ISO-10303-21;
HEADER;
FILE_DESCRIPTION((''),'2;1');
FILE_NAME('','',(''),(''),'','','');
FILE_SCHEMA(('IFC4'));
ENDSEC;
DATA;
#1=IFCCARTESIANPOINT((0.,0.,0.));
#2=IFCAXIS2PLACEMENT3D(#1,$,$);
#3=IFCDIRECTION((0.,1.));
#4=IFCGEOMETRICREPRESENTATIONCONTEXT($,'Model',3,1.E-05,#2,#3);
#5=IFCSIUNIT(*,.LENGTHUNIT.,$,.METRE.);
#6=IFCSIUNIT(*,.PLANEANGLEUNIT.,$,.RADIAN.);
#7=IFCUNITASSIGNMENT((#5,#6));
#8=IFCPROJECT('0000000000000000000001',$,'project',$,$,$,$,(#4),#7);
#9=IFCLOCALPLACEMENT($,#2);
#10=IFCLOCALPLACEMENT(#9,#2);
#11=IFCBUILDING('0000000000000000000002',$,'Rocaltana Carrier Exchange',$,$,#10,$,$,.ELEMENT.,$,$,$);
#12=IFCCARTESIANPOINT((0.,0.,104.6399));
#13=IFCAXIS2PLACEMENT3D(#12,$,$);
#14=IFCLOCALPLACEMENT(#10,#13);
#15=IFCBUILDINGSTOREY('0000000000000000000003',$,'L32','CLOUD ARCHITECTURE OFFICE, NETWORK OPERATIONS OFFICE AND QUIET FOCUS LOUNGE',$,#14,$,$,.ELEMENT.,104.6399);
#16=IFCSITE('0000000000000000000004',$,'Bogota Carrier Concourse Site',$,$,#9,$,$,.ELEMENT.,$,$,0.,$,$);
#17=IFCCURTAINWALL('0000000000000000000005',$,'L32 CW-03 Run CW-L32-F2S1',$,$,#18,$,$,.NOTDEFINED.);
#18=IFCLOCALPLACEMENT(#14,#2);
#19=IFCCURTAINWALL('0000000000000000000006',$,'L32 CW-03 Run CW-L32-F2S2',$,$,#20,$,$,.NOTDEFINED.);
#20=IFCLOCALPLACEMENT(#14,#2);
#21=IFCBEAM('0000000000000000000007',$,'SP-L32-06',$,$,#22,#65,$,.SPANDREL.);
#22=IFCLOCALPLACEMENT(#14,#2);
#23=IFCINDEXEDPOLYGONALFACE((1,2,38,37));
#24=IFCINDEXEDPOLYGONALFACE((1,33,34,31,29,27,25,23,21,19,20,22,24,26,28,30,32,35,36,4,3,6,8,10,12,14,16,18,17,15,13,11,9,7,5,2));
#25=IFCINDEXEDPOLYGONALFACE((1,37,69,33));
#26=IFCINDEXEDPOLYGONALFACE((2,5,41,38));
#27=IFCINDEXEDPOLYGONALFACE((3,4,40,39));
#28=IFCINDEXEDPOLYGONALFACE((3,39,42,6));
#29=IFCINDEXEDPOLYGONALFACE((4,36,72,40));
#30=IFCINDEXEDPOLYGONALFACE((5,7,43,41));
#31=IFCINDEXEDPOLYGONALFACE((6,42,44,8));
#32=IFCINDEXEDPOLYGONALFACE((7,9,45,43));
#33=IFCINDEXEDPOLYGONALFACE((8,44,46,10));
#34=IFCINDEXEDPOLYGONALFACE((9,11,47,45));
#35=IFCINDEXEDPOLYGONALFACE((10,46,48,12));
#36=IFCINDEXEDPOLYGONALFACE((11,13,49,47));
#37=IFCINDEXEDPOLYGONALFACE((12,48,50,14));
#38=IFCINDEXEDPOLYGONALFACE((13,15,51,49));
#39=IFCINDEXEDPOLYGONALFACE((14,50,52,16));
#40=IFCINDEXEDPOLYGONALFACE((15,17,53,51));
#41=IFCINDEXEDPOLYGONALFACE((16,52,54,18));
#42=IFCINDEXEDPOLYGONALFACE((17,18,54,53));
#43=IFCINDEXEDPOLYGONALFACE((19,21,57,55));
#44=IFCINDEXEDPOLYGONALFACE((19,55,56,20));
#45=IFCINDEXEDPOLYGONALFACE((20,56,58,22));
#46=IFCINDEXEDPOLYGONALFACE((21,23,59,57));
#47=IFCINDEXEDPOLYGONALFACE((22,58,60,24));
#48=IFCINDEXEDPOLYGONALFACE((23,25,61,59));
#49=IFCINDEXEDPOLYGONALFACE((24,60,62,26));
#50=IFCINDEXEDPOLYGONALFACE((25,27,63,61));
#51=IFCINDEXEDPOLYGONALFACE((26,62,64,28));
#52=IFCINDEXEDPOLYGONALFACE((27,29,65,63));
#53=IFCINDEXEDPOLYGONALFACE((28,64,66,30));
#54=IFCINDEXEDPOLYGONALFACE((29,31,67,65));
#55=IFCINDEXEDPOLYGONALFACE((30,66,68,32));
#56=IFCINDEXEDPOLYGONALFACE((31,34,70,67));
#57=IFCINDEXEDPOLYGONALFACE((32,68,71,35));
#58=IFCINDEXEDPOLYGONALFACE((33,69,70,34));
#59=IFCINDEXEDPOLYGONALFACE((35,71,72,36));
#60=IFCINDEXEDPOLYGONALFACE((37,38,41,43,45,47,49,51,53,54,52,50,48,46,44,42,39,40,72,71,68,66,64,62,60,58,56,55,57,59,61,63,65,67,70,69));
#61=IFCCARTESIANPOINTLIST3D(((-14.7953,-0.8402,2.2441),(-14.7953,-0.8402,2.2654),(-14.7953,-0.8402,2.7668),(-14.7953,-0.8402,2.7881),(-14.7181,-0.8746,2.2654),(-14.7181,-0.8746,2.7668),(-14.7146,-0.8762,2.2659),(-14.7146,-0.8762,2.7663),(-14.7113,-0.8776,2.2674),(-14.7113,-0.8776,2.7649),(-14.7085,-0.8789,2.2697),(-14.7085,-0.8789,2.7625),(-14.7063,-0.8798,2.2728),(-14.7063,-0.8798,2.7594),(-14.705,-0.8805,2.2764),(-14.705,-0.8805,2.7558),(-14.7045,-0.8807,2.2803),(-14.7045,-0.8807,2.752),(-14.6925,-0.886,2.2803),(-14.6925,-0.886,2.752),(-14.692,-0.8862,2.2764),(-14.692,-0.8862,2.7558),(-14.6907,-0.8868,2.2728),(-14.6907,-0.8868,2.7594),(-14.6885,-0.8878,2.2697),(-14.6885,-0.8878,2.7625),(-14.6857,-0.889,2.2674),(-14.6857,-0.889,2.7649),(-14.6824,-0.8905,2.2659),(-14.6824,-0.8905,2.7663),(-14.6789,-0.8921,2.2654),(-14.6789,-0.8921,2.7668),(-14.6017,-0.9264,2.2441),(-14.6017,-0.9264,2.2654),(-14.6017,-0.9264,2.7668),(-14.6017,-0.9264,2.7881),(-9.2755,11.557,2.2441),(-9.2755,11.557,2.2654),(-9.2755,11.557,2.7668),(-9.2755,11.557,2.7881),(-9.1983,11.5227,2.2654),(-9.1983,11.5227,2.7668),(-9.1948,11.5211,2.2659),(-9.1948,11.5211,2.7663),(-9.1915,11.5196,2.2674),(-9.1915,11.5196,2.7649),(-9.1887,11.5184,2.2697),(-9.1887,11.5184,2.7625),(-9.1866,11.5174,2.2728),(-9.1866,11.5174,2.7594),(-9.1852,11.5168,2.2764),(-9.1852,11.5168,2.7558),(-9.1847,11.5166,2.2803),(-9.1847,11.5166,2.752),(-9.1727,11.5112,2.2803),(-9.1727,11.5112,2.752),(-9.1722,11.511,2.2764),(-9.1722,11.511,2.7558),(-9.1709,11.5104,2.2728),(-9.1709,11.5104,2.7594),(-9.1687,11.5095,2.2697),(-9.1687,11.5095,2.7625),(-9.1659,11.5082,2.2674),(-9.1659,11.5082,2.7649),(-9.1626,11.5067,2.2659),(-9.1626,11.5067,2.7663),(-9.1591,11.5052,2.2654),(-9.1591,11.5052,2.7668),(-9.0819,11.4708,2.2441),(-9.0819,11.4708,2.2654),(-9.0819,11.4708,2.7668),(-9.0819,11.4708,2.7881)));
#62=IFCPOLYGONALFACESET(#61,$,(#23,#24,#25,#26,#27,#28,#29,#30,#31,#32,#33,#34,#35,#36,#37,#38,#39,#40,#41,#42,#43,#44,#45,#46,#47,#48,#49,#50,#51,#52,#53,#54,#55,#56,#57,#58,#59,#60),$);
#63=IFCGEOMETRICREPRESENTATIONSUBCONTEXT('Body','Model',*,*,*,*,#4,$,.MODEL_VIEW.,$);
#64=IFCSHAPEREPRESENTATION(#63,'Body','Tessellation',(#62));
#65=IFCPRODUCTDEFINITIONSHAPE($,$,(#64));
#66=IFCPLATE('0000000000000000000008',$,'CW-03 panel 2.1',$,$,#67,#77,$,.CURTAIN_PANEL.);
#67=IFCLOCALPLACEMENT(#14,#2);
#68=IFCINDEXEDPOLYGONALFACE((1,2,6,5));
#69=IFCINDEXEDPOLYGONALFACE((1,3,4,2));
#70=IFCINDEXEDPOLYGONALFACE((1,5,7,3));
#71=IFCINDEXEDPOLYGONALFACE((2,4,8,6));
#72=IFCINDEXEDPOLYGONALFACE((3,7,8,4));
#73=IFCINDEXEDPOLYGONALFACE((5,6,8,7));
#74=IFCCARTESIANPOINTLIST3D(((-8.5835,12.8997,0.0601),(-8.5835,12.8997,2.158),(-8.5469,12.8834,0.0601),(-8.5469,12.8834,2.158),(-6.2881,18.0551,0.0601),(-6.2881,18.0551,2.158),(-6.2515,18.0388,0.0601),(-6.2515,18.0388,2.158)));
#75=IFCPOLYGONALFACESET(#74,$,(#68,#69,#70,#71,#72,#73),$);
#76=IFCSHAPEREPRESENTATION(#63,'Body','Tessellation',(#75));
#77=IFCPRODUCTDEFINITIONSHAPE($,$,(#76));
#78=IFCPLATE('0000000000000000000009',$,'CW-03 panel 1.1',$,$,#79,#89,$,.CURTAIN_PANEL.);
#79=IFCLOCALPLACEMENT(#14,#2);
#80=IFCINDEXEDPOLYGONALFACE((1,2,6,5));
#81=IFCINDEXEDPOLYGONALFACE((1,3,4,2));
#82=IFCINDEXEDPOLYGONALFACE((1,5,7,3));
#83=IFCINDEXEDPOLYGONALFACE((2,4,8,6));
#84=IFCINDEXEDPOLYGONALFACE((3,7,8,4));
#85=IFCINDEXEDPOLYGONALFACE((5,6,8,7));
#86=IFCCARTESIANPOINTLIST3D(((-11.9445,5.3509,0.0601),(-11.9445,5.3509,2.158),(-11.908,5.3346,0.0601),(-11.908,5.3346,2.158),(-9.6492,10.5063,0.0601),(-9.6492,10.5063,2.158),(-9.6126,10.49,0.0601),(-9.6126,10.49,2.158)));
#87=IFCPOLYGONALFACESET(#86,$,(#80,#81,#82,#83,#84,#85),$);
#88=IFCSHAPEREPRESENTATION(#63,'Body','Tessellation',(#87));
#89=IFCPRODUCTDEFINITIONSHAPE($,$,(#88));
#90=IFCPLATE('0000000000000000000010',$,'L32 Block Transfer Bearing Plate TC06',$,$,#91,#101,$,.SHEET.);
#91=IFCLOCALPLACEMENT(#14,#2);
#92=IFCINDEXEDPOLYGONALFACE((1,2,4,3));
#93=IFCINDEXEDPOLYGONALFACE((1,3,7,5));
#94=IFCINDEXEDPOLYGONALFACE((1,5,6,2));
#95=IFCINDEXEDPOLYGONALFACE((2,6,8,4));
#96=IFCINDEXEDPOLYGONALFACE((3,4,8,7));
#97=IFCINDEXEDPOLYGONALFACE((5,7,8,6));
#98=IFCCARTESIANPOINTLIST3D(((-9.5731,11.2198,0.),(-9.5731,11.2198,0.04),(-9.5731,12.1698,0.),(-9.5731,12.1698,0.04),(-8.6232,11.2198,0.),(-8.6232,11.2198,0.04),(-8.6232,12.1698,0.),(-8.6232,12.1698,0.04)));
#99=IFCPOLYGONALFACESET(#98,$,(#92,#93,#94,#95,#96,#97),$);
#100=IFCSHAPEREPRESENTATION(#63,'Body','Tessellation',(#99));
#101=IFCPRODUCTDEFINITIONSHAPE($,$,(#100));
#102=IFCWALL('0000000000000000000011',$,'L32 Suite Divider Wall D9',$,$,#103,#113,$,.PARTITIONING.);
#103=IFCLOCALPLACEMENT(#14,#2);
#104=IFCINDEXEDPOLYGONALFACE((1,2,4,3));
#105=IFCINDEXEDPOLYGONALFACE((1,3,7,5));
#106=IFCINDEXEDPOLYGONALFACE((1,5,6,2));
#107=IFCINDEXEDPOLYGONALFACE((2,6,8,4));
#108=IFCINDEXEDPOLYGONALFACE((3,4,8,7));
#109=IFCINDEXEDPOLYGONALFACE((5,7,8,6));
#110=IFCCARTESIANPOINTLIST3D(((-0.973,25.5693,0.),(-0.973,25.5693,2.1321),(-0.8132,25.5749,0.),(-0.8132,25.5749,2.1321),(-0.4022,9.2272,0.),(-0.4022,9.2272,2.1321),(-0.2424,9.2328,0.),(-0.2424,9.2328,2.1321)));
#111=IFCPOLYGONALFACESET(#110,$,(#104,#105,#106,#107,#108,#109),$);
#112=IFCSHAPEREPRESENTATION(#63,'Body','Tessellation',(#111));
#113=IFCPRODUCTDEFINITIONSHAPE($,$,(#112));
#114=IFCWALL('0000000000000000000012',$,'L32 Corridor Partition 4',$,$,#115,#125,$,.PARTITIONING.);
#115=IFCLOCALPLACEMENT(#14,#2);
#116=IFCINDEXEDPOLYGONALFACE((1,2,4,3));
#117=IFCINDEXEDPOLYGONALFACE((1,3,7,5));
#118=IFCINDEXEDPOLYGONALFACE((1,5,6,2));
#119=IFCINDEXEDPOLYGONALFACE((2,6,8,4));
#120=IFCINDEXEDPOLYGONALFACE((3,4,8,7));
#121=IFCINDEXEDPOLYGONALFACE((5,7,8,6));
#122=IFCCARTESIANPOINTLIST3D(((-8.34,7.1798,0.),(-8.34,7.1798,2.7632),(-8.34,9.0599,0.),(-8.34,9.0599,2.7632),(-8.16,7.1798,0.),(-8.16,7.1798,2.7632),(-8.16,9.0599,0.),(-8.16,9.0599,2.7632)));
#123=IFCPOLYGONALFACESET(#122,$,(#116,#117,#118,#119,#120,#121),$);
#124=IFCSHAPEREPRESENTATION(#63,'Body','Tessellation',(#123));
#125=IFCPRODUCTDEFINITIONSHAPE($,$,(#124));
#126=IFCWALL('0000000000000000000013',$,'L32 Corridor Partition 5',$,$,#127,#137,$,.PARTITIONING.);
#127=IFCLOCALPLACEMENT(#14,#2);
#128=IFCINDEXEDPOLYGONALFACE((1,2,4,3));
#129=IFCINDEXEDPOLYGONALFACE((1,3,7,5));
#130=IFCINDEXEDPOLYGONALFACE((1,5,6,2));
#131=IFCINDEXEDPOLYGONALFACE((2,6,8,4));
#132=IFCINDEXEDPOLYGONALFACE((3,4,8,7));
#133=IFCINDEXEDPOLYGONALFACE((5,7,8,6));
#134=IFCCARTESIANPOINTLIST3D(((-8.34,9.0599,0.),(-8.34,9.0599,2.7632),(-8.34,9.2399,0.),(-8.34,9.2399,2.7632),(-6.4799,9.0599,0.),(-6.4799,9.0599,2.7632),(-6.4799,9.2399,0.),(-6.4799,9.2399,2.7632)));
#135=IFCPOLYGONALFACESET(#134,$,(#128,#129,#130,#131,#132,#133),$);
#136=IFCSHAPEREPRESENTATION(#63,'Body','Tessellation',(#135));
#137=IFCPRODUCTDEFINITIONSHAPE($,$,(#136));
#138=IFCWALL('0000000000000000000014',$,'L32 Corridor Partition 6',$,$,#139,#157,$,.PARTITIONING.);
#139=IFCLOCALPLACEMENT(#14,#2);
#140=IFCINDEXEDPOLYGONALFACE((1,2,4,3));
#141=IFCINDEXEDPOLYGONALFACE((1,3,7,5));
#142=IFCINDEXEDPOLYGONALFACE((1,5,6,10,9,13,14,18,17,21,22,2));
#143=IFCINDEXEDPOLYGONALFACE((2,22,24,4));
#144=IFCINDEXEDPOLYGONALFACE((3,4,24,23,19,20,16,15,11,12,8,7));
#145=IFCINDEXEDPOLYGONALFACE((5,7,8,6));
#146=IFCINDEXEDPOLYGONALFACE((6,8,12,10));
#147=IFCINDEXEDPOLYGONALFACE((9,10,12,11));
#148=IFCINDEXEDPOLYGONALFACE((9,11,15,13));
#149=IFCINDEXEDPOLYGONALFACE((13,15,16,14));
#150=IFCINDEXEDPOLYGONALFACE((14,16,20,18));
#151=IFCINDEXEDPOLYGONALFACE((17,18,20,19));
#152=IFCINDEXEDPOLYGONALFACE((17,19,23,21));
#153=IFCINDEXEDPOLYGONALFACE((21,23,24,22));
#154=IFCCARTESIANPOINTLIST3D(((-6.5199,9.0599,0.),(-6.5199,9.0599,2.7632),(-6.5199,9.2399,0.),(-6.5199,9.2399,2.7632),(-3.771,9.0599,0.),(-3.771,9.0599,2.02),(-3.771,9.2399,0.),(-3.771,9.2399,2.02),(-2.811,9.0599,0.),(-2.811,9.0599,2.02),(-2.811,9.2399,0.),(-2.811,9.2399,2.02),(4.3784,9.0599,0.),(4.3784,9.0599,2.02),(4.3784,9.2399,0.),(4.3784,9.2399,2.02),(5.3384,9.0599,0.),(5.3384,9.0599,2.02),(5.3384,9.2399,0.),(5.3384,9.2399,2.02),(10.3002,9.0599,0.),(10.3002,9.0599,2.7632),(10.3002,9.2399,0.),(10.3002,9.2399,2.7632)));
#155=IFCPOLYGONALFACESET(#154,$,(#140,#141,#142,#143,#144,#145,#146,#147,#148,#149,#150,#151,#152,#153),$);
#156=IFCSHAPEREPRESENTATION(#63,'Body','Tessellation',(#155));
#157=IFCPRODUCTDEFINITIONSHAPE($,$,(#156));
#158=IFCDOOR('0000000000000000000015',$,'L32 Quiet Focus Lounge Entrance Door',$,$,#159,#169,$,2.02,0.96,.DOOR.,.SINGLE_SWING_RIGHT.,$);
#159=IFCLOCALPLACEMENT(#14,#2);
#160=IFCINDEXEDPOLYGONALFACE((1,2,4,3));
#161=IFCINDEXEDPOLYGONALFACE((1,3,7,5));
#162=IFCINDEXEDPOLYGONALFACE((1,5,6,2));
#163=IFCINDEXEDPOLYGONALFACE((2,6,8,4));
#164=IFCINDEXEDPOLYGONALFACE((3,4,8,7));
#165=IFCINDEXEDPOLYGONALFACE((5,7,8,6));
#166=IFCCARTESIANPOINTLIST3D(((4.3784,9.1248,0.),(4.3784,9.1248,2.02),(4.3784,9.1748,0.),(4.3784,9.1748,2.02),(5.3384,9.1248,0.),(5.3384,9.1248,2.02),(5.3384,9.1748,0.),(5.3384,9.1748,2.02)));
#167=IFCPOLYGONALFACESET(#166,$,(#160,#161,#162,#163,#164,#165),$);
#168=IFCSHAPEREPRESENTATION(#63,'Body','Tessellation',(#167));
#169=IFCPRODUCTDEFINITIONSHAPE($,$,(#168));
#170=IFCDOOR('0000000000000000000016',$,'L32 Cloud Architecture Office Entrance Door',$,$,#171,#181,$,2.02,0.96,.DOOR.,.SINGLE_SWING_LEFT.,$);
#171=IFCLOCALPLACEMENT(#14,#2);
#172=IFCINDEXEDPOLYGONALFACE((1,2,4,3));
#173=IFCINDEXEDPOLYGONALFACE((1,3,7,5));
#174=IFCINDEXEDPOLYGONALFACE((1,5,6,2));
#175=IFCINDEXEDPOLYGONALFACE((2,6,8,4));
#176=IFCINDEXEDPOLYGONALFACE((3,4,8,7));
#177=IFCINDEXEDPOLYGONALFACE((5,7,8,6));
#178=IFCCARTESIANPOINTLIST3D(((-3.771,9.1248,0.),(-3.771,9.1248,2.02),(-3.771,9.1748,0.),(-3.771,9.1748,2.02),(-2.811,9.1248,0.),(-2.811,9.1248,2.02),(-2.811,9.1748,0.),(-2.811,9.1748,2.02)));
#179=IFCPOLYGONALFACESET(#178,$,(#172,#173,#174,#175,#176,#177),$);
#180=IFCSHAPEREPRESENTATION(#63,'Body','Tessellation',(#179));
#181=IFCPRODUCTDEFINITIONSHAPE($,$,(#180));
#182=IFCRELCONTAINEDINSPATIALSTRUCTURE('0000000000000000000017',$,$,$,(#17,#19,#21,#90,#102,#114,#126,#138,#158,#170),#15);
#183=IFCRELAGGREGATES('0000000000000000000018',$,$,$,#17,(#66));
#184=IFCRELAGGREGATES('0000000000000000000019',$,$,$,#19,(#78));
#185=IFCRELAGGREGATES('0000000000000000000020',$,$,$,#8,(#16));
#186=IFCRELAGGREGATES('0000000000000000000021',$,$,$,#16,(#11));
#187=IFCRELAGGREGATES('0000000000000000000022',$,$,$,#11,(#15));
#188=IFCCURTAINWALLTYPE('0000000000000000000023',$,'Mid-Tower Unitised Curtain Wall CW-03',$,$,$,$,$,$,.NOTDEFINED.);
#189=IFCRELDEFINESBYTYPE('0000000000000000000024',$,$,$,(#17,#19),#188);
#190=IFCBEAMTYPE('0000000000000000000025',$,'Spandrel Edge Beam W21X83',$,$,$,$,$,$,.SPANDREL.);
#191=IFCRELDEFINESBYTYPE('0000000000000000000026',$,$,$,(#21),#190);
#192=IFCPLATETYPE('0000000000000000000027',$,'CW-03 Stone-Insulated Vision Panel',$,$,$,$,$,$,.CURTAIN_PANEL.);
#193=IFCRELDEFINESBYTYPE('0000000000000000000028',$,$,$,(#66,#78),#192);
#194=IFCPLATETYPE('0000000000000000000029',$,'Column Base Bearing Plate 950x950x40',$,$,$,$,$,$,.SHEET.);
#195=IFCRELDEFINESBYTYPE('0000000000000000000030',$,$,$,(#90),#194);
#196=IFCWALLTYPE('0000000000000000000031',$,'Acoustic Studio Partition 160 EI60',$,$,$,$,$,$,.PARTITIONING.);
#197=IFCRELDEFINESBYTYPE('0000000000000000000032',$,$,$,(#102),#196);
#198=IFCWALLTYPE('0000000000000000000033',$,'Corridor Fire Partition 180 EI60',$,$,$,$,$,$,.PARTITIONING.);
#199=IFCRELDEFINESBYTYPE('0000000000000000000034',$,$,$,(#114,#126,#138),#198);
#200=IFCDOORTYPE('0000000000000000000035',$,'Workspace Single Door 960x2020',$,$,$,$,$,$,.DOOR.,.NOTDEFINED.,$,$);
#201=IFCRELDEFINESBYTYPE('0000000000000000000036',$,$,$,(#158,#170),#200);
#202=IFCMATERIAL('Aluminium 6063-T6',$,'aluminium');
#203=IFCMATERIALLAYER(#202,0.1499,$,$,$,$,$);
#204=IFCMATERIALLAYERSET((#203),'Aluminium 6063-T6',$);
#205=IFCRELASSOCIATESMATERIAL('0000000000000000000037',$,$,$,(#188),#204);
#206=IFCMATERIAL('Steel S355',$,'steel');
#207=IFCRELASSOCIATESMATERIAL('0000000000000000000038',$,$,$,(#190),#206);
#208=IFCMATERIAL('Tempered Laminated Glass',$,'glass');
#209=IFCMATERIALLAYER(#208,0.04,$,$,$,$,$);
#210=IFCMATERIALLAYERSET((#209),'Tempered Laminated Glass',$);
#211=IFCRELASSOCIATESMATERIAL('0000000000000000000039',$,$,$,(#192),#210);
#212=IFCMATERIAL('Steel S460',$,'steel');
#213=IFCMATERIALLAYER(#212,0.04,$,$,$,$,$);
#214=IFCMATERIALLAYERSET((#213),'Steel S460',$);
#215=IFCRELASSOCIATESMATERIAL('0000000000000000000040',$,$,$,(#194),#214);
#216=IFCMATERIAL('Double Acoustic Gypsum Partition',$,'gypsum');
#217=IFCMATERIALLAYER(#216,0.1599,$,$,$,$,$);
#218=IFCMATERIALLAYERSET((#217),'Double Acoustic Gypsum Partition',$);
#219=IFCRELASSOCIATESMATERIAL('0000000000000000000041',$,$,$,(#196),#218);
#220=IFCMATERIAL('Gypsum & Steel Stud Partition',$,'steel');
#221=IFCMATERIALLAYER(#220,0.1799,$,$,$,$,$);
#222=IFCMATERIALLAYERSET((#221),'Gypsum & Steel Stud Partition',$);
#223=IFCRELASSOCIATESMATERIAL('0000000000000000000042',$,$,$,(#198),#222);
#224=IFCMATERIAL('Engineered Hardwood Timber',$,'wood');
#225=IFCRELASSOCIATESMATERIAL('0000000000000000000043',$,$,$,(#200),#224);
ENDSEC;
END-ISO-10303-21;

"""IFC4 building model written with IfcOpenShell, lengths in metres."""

from ifc_helpers import new_model, si_unit, direction, frame, frame_2d, origin, origin_2d, place, context, subcontext, project, spatial, rectangle, i_section, extrude, material, layer, layer_set, material_profile, profile_set, type_object, element, fill, aggregate, save


model = new_model("IFC4")

# Units and contexts
model_context = context("Model", 3, precision=1e-05, world=origin(), true_north=direction((0.0, 1.0)))
body_context = subcontext(model_context, "Body", "Model", "MODEL_VIEW")
ifc_project = project(units=[si_unit("LENGTHUNIT", "METRE"), si_unit("PLANEANGLEUNIT", "RADIAN")], contexts=[model_context])

# Site, building, storey
site_placement = place(None, origin())
site = spatial("IfcSite", under=ifc_project, at=site_placement, Name="Bogota Carrier Concourse Site", CompositionType="ELEMENT", RefElevation=0.0)
building_placement = place(site_placement, origin())
building = spatial("IfcBuilding", under=site, at=building_placement, Name="Rocaltana Carrier Exchange", CompositionType="ELEMENT")
storey_placement = place(building_placement, frame((0.0, 0.0, 104.6399)))
storey = spatial("IfcBuildingStorey", under=building, at=storey_placement, Name="L32", Description="CLOUD ARCHITECTURE OFFICE, NETWORK OPERATIONS OFFICE AND QUIET FOCUS LOUNGE", CompositionType="ELEMENT", Elevation=104.6399)

# Curtain wall
ifc_material_1 = material(Name="Aluminium 6063-T6", Category="aluminium")
ifc_layer_1 = layer(ifc_material_1, 0.1499)
ifc_layer_set_1 = layer_set([ifc_layer_1], Name="Aluminium 6063-T6")
curtain_wall_type = type_object("IfcCurtainWallType", Name="Mid-Tower Unitised Curtain Wall CW-03", PredefinedType="NOTDEFINED", material=ifc_layer_set_1)
curtain_wall_1_placement = place(storey_placement, origin())
curtain_wall_1 = element("IfcCurtainWall", 1, at=curtain_wall_1_placement, inside=storey, type_object=curtain_wall_type, Name="L32 CW-03 Run CW-L32-F2S1", PredefinedType="NOTDEFINED")

# Curtain wall
curtain_wall_2_placement = place(storey_placement, origin())
curtain_wall_2 = element("IfcCurtainWall", 2, at=curtain_wall_2_placement, inside=storey, type_object=curtain_wall_type, Name="L32 CW-03 Run CW-L32-F2S2", PredefinedType="NOTDEFINED")

# Beam
ifc_material_2 = material(Name="Steel S355", Category="steel")
ifc_material_profile_1 = material_profile(ifc_material_2, i_section(OverallWidth=0.2119, OverallDepth=0.5439, WebThickness=0.0132, FlangeThickness=0.0212, FilletRadius=0.0149, at=origin_2d()), Name="W21X83")
ifc_profile_set_1 = profile_set([ifc_material_profile_1], Name="Steel S355")
beam_type_1 = type_object("IfcBeamType", Name="Spandrel Edge Beam W21X83", PredefinedType="SPANDREL", material=ifc_profile_set_1)
beam_1_placement = place(storey_placement, frame((-9.1787, 11.5139, 2.5161), z_axis=(-0.406748, -0.913541, 0.0), x_axis=(0.913541, -0.406748, 0.0)))
element("IfcBeam", 3, at=beam_1_placement, inside=storey, type_object=beam_type_1, Name="SP-L32-06", PredefinedType="SPANDREL", context=body_context, shape_type="SweptSolid", body=[
    extrude(i_section(OverallWidth=0.2119, OverallDepth=0.5439, WebThickness=0.0132, FlangeThickness=0.0212, FilletRadius=0.0149, at=origin_2d()), origin(), (0.0, 0.0, 1.0), 13.5706),
])

# Plates
ifc_material_3 = material(Name="Tempered Laminated Glass", Category="glass")
ifc_layer_2 = layer(ifc_material_3, 0.04)
ifc_layer_set_2 = layer_set([ifc_layer_2], Name="Tempered Laminated Glass")
plate_type_1 = type_object("IfcPlateType", Name="CW-03 Stone-Insulated Vision Panel", PredefinedType="CURTAIN_PANEL", material=ifc_layer_set_2)
plate_1_placement = place(storey_placement, frame((-7.4175, 15.4692, 0.0601), z_axis=(0.0, 0.0, 1.0), x_axis=(-0.40674, -0.913544, 0.0)))
plate_1 = element("IfcPlate", 4, at=plate_1_placement, type_object=plate_type_1, Name="CW-03 panel 2.1", PredefinedType="CURTAIN_PANEL", context=body_context, shape_type="SweptSolid", body=[
    extrude(rectangle(XDim=5.6433, YDim=0.04, at=origin_2d()), origin(), (0.0, 0.0, 1.0), 2.0979),
])
aggregate(curtain_wall_1, [plate_1])
plate_2_placement = place(storey_placement, frame((-10.7786, 7.9204, 0.0601), z_axis=(0.0, 0.0, 1.0), x_axis=(-0.406744, -0.913542, 0.0)))
plate_2 = element("IfcPlate", 5, at=plate_2_placement, type_object=plate_type_1, Name="CW-03 panel 1.1", PredefinedType="CURTAIN_PANEL", context=body_context, shape_type="SweptSolid", body=[
    extrude(rectangle(XDim=5.6433, YDim=0.04, at=origin_2d()), origin(), (0.0, 0.0, 1.0), 2.0979),
])
aggregate(curtain_wall_2, [plate_2])
ifc_material_4 = material(Name="Steel S460", Category="steel")
ifc_layer_3 = layer(ifc_material_4, 0.04)
ifc_layer_set_3 = layer_set([ifc_layer_3], Name="Steel S460")
plate_type_2 = type_object("IfcPlateType", Name="Column Base Bearing Plate 950x950x40", PredefinedType="SHEET", material=ifc_layer_set_3)
plate_3_placement = place(storey_placement, frame((-9.0981, 11.6948, 0.0), z_axis=(0.0, 0.0, 1.0), x_axis=(1.0, 0.0, 0.0)))
element("IfcPlate", 6, at=plate_3_placement, inside=storey, type_object=plate_type_2, Name="L32 Block Transfer Bearing Plate TC06", PredefinedType="SHEET", context=body_context, shape_type="SweptSolid", body=[
    extrude(rectangle(XDim=0.95, YDim=0.95, at=origin_2d()), origin(), (0.0, 0.0, 1.0), 0.04),
])

# Walls
ifc_material_5 = material(Name="Double Acoustic Gypsum Partition", Category="gypsum")
ifc_layer_4 = layer(ifc_material_5, 0.1599)
ifc_layer_set_4 = layer_set([ifc_layer_4], Name="Double Acoustic Gypsum Partition")
wall_type_1 = type_object("IfcWallType", Name="Acoustic Studio Partition 160 EI60", PredefinedType="PARTITIONING", material=ifc_layer_set_4)
wall_1_placement = place(storey_placement, frame((-0.3223, 9.23, 0.0), z_axis=(0.0, 0.0, 1.0), x_axis=(-0.034907, 0.999391, 0.0)))
element("IfcWall", 7, at=wall_1_placement, inside=storey, type_object=wall_type_1, Name="L32 Suite Divider Wall D9", PredefinedType="PARTITIONING", context=body_context, shape_type="SweptSolid", body=[
    extrude(rectangle(XDim=16.3521, YDim=0.1599, at=frame_2d((8.176, 0.0))), origin(), (0.0, 0.0, 1.0), 2.1321),
])
ifc_material_6 = material(Name="Gypsum & Steel Stud Partition", Category="steel")
ifc_layer_5 = layer(ifc_material_6, 0.1799)
ifc_layer_set_5 = layer_set([ifc_layer_5], Name="Gypsum & Steel Stud Partition")
wall_type_2 = type_object("IfcWallType", Name="Corridor Fire Partition 180 EI60", PredefinedType="PARTITIONING", material=ifc_layer_set_5)
wall_2_placement = place(storey_placement, frame((-8.25, 7.1799, 0.0), z_axis=(0.0, 0.0, 1.0), x_axis=(0.0, 1.0, 0.0)))
element("IfcWall", 8, at=wall_2_placement, inside=storey, type_object=wall_type_2, Name="L32 Corridor Partition 4", PredefinedType="PARTITIONING", context=body_context, shape_type="SweptSolid", body=[
    extrude(rectangle(XDim=1.8801, YDim=0.1799, at=frame_2d((0.9399, 0.0))), origin(), (0.0, 0.0, 1.0), 2.7632),
])
wall_3_placement = place(storey_placement, frame((-8.3401, 9.1499, 0.0), z_axis=(0.0, 0.0, 1.0), x_axis=(1.0, 0.0, 0.0)))
element("IfcWall", 9, at=wall_3_placement, inside=storey, type_object=wall_type_2, Name="L32 Corridor Partition 5", PredefinedType="PARTITIONING", context=body_context, shape_type="SweptSolid", body=[
    extrude(rectangle(XDim=1.8601, YDim=0.1799, at=frame_2d((0.9302, 0.0))), origin(), (0.0, 0.0, 1.0), 2.7632),
])

# Wall, openings, doors
wall_4_placement = place(storey_placement, frame((-6.52, 9.1499, 0.0), z_axis=(0.0, 0.0, 1.0), x_axis=(1.0, 0.0, 0.0)))
wall_4 = element("IfcWall", 10, at=wall_4_placement, inside=storey, type_object=wall_type_2, Name="L32 Corridor Partition 6", PredefinedType="PARTITIONING", context=body_context, shape_type="SweptSolid", body=[
    extrude(rectangle(XDim=16.8201, YDim=0.1799, at=frame_2d((8.4102, 0.0))), origin(), (0.0, 0.0, 1.0), 2.7632),
])
opening_1_placement = place(wall_4_placement, frame((10.8984, 0.0, 0.0)))
opening_1 = element("IfcOpeningElement", 11, at=opening_1_placement, cuts=wall_4, PredefinedType="OPENING", context=body_context, shape_type="SweptSolid", body=[
    extrude(rectangle(XDim=0.96, YDim=2.02, at=frame_2d((0.48, 1.01))), frame((0.0, 0.0999, 0.0), z_axis=(0.0, -1.0, 0.0), x_axis=(1.0, 0.0, 0.0)), (0.0, 0.0, 1.0), 0.2),
])
opening_2_placement = place(wall_4_placement, frame((2.749, 0.0, 0.0)))
opening_2 = element("IfcOpeningElement", 12, at=opening_2_placement, cuts=wall_4, PredefinedType="OPENING", context=body_context, shape_type="SweptSolid", body=[
    extrude(rectangle(XDim=0.96, YDim=2.02, at=frame_2d((0.48, 1.01))), frame((0.0, 0.0999, 0.0), z_axis=(0.0, -1.0, 0.0), x_axis=(1.0, 0.0, 0.0)), (0.0, 0.0, 1.0), 0.2),
])
ifc_material_7 = material(Name="Engineered Hardwood Timber", Category="wood")
door_type = type_object("IfcDoorType", Name="Workspace Single Door 960x2020", OperationType="NOTDEFINED", PredefinedType="DOOR", material=ifc_material_7)
door_1_placement = place(opening_1_placement, origin())
door_1 = element("IfcDoor", 13, at=door_1_placement, inside=storey, type_object=door_type, Name="L32 Quiet Focus Lounge Entrance Door", OperationType="SINGLE_SWING_RIGHT", OverallHeight=2.02, OverallWidth=0.96, PredefinedType="DOOR", context=body_context, shape_type="SweptSolid", body=[
    extrude(rectangle(XDim=0.96, YDim=2.02, at=frame_2d((0.48, 1.01))), frame((0.0, 0.0249, 0.0), z_axis=(0.0, -1.0, 0.0), x_axis=(1.0, 0.0, 0.0)), (0.0, 0.0, 1.0), 0.05),
])
fill(opening_1, door_1)
door_2_placement = place(opening_2_placement, origin())
door_2 = element("IfcDoor", 14, at=door_2_placement, inside=storey, type_object=door_type, Name="L32 Cloud Architecture Office Entrance Door", OperationType="SINGLE_SWING_LEFT", OverallHeight=2.02, OverallWidth=0.96, PredefinedType="DOOR", context=body_context, shape_type="SweptSolid", body=[
    extrude(rectangle(XDim=0.96, YDim=2.02, at=frame_2d((0.48, 1.01))), frame((0.0, 0.0249, 0.0), z_axis=(0.0, -1.0, 0.0), x_axis=(1.0, 0.0, 0.0)), (0.0, 0.0, 1.0), 0.05),
])
fill(opening_2, door_2)

save(model, "model.ifc")
